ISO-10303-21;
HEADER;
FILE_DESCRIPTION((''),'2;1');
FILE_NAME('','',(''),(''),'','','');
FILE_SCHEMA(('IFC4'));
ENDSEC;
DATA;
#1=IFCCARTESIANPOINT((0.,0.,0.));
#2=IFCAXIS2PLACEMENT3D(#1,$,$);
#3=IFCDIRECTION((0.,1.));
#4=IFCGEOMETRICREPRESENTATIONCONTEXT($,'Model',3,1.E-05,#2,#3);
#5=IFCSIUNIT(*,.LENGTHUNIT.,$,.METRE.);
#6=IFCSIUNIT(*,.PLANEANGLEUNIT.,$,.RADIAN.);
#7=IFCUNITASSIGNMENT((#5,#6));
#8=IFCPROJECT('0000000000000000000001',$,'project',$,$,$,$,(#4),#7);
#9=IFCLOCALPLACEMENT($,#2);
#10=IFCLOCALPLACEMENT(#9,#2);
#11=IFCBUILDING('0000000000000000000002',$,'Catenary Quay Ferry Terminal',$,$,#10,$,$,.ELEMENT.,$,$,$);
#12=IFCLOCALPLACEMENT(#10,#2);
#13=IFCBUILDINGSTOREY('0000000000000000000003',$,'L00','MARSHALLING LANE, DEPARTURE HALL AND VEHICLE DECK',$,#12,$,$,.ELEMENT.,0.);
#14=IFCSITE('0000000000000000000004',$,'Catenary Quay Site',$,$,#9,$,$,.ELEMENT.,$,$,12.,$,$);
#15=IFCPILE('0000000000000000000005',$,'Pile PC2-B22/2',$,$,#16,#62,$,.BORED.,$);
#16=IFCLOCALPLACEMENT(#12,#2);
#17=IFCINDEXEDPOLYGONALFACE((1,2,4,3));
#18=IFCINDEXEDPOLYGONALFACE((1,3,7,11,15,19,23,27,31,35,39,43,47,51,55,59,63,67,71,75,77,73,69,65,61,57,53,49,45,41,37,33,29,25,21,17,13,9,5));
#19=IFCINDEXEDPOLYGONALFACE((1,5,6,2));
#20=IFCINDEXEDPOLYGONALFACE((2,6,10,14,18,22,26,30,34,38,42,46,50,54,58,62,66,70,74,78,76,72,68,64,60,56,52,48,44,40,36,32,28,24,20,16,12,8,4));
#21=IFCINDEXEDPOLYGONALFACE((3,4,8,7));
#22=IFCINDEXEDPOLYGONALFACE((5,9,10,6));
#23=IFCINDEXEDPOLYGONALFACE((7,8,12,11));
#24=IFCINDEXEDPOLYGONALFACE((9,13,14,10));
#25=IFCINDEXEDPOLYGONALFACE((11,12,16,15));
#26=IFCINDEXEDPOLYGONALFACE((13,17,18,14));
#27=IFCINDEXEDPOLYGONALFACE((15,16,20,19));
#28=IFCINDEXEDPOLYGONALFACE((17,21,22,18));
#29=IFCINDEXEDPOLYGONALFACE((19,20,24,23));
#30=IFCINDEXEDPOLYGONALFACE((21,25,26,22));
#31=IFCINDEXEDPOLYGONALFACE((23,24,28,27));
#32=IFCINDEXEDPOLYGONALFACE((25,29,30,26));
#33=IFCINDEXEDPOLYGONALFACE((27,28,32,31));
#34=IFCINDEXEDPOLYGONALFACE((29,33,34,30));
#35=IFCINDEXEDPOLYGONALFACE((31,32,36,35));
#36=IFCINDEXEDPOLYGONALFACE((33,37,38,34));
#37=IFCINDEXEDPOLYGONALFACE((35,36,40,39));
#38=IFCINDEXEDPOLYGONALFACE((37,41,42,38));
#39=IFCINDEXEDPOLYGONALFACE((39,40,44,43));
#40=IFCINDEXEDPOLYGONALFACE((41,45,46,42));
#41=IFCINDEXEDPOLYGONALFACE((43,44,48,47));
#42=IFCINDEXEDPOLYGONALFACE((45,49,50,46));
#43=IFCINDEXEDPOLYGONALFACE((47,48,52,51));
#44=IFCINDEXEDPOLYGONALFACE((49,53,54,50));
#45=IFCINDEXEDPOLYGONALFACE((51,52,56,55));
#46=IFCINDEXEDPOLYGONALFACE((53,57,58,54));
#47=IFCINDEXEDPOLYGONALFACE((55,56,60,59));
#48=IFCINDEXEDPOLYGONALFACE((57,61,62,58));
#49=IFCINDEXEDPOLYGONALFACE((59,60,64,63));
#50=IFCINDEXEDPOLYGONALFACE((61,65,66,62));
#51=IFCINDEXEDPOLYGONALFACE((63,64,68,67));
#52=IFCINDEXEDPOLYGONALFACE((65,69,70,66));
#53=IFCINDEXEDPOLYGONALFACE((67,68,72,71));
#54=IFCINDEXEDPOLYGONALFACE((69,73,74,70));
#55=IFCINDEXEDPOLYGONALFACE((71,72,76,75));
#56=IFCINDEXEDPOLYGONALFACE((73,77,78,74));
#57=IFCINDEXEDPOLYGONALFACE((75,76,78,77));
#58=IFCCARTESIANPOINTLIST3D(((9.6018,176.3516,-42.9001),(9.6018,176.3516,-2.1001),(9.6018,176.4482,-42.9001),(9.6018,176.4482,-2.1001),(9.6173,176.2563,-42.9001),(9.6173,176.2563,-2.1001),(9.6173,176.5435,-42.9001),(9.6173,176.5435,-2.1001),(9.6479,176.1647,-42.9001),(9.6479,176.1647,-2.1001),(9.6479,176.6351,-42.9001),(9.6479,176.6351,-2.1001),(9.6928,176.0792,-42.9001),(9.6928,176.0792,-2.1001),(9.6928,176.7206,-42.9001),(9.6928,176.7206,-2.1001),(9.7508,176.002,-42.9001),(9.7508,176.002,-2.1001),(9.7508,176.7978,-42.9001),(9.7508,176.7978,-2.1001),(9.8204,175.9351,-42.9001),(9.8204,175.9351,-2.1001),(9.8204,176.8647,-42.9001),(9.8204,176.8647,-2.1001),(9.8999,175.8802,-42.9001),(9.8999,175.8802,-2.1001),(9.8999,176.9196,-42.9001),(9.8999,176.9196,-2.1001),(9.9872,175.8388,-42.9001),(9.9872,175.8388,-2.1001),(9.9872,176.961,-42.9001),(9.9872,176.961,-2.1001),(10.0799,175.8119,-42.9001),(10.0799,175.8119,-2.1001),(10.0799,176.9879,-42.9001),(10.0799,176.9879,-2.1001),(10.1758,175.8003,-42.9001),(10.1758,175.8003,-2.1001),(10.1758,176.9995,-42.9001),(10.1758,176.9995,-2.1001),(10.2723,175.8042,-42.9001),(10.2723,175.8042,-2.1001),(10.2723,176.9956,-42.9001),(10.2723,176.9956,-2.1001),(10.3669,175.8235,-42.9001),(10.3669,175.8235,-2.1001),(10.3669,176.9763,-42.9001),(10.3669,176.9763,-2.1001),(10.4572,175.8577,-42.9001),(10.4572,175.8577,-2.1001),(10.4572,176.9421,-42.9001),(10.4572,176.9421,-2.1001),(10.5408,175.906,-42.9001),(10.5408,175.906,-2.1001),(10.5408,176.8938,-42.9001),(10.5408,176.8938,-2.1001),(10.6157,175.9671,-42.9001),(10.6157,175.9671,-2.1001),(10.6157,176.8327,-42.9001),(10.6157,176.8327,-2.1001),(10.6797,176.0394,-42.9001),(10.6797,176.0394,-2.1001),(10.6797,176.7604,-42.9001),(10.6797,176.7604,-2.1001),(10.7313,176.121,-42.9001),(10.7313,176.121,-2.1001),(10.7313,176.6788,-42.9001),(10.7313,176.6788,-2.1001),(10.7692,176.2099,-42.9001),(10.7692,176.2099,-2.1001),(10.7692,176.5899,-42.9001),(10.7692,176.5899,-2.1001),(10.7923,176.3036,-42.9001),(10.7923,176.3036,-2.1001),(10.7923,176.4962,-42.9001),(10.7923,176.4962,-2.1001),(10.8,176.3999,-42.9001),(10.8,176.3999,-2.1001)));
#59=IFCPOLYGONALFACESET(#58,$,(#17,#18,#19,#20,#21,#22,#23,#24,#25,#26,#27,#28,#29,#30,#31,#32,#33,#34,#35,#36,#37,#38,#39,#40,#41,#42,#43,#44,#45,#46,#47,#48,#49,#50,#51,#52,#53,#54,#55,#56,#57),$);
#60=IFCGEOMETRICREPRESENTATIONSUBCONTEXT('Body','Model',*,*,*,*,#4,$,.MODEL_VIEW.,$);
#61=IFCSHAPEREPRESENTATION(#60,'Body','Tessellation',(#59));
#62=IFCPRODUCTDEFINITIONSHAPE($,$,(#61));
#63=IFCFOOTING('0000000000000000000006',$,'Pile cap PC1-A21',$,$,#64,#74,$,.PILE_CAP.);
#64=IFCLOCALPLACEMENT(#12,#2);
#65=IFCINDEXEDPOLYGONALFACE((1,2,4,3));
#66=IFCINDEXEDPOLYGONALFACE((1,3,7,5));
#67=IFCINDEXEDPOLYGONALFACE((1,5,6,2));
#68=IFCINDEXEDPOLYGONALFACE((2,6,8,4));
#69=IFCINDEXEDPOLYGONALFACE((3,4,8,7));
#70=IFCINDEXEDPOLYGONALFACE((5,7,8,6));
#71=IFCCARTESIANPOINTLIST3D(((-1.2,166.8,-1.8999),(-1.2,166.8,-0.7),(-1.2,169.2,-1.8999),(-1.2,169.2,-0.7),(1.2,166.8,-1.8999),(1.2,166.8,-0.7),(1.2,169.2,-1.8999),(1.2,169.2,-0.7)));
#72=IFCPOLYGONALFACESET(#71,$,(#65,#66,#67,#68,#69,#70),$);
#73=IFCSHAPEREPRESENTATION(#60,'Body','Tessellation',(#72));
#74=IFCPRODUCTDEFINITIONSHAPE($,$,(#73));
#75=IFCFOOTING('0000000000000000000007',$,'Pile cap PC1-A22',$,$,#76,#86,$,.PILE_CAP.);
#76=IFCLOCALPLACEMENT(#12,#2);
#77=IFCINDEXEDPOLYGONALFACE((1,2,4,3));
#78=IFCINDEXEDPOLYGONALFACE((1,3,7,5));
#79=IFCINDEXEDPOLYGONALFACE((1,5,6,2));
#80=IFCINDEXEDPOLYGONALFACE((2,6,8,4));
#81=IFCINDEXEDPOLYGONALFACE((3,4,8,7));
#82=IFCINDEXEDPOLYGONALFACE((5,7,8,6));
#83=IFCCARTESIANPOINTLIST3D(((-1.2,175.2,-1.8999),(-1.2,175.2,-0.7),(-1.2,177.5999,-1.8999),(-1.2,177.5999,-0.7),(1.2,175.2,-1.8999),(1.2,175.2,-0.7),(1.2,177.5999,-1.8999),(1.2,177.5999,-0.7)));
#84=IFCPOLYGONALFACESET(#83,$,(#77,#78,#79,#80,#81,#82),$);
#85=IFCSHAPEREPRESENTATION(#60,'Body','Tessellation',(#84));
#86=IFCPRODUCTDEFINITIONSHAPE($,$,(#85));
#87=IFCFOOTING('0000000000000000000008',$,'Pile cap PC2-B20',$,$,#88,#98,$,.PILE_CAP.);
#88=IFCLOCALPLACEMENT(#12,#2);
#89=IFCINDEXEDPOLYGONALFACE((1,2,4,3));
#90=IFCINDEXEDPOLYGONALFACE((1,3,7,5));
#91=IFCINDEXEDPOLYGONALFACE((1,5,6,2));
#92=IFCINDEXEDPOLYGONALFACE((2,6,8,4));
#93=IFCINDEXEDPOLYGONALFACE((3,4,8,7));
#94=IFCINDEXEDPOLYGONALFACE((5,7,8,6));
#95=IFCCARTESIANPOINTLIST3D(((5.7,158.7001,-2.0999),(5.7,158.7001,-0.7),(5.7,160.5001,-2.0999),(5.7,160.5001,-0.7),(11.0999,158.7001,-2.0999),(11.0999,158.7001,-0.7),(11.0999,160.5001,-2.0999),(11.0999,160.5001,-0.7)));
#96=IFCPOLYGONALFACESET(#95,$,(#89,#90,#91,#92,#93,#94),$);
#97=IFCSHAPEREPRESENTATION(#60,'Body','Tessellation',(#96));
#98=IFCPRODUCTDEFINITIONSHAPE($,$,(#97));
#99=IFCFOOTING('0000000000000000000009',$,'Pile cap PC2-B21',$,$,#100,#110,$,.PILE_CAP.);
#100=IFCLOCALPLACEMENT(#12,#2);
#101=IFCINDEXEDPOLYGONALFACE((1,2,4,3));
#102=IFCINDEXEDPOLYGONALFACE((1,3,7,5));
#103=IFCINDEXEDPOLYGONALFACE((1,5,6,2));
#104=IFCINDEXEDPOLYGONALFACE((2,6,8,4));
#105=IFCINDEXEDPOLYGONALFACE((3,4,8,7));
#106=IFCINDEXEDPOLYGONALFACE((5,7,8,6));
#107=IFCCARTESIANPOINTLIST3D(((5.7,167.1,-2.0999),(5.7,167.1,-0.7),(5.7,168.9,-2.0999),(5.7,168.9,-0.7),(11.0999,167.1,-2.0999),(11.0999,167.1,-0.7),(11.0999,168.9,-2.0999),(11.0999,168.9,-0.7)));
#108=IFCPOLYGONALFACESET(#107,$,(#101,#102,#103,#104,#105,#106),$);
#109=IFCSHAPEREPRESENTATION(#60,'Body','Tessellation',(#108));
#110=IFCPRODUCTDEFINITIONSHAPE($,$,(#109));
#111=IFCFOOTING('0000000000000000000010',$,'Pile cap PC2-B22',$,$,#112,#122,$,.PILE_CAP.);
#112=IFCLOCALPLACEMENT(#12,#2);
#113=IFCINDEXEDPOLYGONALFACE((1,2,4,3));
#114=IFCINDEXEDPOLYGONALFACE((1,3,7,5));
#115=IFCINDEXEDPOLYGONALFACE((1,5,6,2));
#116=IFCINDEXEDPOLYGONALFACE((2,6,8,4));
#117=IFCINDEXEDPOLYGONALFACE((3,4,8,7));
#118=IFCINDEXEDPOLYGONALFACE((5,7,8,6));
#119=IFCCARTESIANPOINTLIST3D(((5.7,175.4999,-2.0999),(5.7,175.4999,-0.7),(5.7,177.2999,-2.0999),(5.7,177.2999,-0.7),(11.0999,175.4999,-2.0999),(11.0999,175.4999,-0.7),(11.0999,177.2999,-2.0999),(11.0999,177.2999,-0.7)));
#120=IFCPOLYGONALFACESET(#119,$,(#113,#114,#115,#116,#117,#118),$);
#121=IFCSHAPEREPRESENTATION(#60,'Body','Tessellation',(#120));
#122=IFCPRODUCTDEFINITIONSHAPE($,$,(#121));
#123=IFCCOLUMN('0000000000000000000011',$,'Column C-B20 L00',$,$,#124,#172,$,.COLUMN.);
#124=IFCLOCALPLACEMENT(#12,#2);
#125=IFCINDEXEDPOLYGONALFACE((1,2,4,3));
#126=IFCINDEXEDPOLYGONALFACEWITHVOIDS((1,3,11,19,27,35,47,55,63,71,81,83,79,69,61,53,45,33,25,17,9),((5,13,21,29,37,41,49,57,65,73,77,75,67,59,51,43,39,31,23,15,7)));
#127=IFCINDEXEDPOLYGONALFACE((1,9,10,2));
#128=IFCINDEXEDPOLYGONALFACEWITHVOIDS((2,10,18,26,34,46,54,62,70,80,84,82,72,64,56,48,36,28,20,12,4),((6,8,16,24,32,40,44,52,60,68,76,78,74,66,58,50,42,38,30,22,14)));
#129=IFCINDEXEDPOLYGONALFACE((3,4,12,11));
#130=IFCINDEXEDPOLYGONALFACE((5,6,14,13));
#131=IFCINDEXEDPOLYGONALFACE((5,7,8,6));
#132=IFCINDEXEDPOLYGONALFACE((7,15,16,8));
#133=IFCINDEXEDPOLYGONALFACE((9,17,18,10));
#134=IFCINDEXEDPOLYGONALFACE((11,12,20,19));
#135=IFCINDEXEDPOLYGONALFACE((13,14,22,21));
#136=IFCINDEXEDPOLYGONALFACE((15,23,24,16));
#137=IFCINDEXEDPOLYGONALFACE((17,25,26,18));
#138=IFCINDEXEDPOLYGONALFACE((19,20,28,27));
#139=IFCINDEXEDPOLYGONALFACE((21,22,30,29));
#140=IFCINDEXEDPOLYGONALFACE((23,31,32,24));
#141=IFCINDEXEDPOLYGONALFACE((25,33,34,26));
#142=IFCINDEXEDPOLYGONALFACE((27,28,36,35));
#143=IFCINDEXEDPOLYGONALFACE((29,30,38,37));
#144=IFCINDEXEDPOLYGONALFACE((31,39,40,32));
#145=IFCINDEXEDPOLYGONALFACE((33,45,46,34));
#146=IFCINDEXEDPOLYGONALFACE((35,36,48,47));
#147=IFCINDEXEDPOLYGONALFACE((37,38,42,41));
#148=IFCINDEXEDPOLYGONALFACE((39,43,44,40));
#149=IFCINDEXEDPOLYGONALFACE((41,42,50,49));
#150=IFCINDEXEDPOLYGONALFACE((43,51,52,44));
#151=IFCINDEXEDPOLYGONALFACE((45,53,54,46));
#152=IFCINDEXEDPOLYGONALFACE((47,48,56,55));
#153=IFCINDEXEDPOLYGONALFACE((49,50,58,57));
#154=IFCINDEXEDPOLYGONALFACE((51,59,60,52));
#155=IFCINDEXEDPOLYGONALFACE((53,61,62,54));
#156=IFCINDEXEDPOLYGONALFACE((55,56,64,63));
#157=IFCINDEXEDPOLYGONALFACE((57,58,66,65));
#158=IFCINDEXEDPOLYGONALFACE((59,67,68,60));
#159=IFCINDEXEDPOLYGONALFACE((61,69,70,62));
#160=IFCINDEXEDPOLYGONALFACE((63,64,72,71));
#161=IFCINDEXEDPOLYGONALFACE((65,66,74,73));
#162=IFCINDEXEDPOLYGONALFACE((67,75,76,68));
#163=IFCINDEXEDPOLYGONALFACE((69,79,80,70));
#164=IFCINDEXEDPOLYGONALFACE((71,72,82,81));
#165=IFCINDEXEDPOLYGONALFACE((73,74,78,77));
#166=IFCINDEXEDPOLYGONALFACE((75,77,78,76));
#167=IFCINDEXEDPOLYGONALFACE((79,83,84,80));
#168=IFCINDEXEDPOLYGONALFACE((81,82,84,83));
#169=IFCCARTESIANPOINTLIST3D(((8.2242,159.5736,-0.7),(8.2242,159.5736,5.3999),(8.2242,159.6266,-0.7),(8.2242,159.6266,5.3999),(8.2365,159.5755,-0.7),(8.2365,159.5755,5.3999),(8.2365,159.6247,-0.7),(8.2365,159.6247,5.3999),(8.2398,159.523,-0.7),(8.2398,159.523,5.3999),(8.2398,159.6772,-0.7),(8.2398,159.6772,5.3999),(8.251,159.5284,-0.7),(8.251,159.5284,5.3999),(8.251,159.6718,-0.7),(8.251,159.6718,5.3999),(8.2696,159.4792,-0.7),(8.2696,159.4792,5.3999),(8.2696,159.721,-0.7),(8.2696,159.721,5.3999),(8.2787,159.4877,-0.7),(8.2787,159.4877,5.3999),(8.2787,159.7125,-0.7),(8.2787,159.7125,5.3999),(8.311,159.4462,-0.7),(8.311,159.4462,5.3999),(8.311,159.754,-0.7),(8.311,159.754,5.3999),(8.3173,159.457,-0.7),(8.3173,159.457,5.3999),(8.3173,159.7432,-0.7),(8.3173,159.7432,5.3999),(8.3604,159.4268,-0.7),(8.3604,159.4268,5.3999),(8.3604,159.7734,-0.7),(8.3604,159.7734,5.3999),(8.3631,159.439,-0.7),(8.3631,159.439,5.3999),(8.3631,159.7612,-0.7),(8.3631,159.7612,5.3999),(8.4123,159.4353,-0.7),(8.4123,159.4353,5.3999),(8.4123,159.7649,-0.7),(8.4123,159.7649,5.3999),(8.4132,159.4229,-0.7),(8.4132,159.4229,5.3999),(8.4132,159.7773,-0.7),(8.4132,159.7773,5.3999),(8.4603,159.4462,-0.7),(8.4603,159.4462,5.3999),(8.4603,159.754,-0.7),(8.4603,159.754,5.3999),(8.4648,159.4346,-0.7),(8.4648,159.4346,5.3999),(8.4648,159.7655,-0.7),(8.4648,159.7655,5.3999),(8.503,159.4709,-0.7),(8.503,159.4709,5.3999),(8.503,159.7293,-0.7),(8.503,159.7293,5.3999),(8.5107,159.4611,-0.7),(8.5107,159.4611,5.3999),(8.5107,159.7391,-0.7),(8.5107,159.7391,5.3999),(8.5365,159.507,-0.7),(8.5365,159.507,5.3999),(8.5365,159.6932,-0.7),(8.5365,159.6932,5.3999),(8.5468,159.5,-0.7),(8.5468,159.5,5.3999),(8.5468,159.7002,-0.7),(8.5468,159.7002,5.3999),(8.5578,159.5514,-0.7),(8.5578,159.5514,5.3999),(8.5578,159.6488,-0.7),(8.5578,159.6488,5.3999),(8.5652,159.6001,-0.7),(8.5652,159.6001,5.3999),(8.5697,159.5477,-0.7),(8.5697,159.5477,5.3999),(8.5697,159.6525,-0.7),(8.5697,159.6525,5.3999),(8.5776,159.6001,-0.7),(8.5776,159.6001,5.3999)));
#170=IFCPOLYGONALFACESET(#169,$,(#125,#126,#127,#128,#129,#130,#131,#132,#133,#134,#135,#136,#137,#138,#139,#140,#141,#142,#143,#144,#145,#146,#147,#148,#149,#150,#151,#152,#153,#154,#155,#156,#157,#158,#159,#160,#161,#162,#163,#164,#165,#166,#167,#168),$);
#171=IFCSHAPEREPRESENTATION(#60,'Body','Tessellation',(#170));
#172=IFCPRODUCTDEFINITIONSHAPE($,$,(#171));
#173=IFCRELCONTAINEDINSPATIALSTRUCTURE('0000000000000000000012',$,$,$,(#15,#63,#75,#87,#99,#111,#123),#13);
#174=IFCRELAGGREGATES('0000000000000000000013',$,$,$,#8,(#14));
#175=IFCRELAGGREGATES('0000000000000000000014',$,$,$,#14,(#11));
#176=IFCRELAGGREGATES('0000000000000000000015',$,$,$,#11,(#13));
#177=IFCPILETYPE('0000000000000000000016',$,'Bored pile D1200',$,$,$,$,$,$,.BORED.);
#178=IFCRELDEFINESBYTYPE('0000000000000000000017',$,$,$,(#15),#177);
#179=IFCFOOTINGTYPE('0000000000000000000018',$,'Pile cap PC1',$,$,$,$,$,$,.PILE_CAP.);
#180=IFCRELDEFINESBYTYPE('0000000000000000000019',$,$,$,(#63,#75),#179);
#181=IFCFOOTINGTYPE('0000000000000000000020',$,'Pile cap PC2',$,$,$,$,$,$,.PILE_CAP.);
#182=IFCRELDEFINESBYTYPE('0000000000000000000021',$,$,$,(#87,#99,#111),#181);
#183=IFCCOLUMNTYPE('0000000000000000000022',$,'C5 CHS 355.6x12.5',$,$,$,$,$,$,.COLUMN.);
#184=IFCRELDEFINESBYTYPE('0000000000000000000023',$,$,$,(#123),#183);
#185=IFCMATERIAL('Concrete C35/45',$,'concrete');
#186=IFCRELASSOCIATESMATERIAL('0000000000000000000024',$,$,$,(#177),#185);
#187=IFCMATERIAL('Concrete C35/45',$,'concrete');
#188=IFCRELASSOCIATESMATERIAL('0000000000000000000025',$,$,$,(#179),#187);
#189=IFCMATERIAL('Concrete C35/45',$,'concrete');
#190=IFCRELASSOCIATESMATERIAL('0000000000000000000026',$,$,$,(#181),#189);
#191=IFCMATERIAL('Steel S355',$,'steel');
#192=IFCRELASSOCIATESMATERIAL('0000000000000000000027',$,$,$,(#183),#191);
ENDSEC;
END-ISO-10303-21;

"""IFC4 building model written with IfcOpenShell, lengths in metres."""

from ifc_helpers import new_model, si_unit, direction, frame, origin, origin_2d, place, context, subcontext, project, spatial, rectangle, circle, hollow_circle, extrude, material, material_profile, profile_set, type_object, element, save


model = new_model("IFC4")

# Units and contexts
model_context = context("Model", 3, precision=1e-05, world=origin(), true_north=direction((0.0, 1.0)))
body_context = subcontext(model_context, "Body", "Model", "MODEL_VIEW")
ifc_project = project(units=[si_unit("LENGTHUNIT", "METRE"), si_unit("PLANEANGLEUNIT", "RADIAN")], contexts=[model_context])

# Site, building, storey
site_placement = place(None, origin())
site = spatial("IfcSite", under=ifc_project, at=site_placement, Name="Catenary Quay Site", CompositionType="ELEMENT", RefElevation=12.0)
building_placement = place(site_placement, origin())
building = spatial("IfcBuilding", under=site, at=building_placement, Name="Catenary Quay Ferry Terminal", CompositionType="ELEMENT")
storey_placement = place(building_placement, origin())
storey = spatial("IfcBuildingStorey", under=building, at=storey_placement, Name="L00", Description="MARSHALLING LANE, DEPARTURE HALL AND VEHICLE DECK", CompositionType="ELEMENT", Elevation=0.0)

# Pile
ifc_material_1 = material(Name="Concrete C35/45", Category="concrete")
ifc_material_profile_1 = material_profile(ifc_material_1, circle(Radius=0.6001, at=origin_2d()), Name="D1200")
ifc_profile_set_1 = profile_set([ifc_material_profile_1], Name="Concrete C35/45")
pile_type = type_object("IfcPileType", Name="Bored pile D1200", PredefinedType="BORED", material=ifc_profile_set_1)
for number, where, z_axis, x_axis, name in (
    (1, (10.2, 176.3999, -2.1001), (0.0, 0.0, -1.0), (1.0, 0.0, 0.0), "Pile PC2-B22/2"),
):
    element("IfcPile", number, at=place(storey_placement, frame(where, z_axis=z_axis, x_axis=x_axis)), inside=storey, type_object=pile_type, Name=name, PredefinedType="BORED", context=body_context, shape_type="SweptSolid", body=[
        extrude(circle(Radius=0.6001, at=origin_2d()), origin(), (0.0, 0.0, 1.0), 40.8),
    ])

# Footings
ifc_material_2 = material(Name="Concrete C35/45", Category="concrete")
footing_type_1 = type_object("IfcFootingType", Name="Pile cap PC1", PredefinedType="PILE_CAP", material=ifc_material_2)
for number, where, z_axis, x_axis, name in (
    (2, (0.0, 168.0, -1.8999), (0.0, 0.0, 1.0), (1.0, 0.0, 0.0), "Pile cap PC1-A21"),
    (3, (0.0, 176.3999, -1.8999), (0.0, 0.0, 1.0), (1.0, 0.0, 0.0), "Pile cap PC1-A22"),
):
    element("IfcFooting", number, at=place(storey_placement, frame(where, z_axis=z_axis, x_axis=x_axis)), inside=storey, type_object=footing_type_1, Name=name, PredefinedType="PILE_CAP", context=body_context, shape_type="SweptSolid", body=[
        extrude(rectangle(XDim=2.3999, YDim=2.3999, at=origin_2d()), origin(), (0.0, 0.0, 1.0), 1.2),
    ])
ifc_material_3 = material(Name="Concrete C35/45", Category="concrete")
footing_type_2 = type_object("IfcFootingType", Name="Pile cap PC2", PredefinedType="PILE_CAP", material=ifc_material_3)
for number, where, z_axis, x_axis, name in (
    (4, (8.3999, 159.6001, -2.0999), (0.0, 0.0, 1.0), (1.0, 0.0, 0.0), "Pile cap PC2-B20"),
    (5, (8.3999, 168.0, -2.0999), (0.0, 0.0, 1.0), (1.0, 0.0, 0.0), "Pile cap PC2-B21"),
    (6, (8.3999, 176.3999, -2.0999), (0.0, 0.0, 1.0), (1.0, 0.0, 0.0), "Pile cap PC2-B22"),
):
    element("IfcFooting", number, at=place(storey_placement, frame(where, z_axis=z_axis, x_axis=x_axis)), inside=storey, type_object=footing_type_2, Name=name, PredefinedType="PILE_CAP", context=body_context, shape_type="SweptSolid", body=[
        extrude(rectangle(XDim=5.3999, YDim=1.8, at=origin_2d()), origin(), (0.0, 0.0, 1.0), 1.3999),
    ])

# Column
ifc_material_4 = material(Name="Steel S355", Category="steel")
ifc_material_profile_2 = material_profile(ifc_material_4, hollow_circle(Radius=0.1777, WallThickness=0.0125, at=origin_2d()), Name="CHS 355.6x12.5")
ifc_profile_set_2 = profile_set([ifc_material_profile_2], Name="Steel S355")
column_type = type_object("IfcColumnType", Name="C5 CHS 355.6x12.5", PredefinedType="COLUMN", material=ifc_profile_set_2)
for number, where, z_axis, x_axis, name in (
    (7, (8.3999, 159.6001, -0.7), (0.0, 0.0, 1.0), (1.0, 0.0, 0.0), "Column C-B20 L00"),
):
    element("IfcColumn", number, at=place(storey_placement, frame(where, z_axis=z_axis, x_axis=x_axis)), inside=storey, type_object=column_type, Name=name, PredefinedType="COLUMN", context=body_context, shape_type="SweptSolid", body=[
        extrude(hollow_circle(Radius=0.1777, WallThickness=0.0125, at=origin_2d()), origin(), (0.0, 0.0, 1.0), 6.0999),
    ])

save(model, "model.ifc")
